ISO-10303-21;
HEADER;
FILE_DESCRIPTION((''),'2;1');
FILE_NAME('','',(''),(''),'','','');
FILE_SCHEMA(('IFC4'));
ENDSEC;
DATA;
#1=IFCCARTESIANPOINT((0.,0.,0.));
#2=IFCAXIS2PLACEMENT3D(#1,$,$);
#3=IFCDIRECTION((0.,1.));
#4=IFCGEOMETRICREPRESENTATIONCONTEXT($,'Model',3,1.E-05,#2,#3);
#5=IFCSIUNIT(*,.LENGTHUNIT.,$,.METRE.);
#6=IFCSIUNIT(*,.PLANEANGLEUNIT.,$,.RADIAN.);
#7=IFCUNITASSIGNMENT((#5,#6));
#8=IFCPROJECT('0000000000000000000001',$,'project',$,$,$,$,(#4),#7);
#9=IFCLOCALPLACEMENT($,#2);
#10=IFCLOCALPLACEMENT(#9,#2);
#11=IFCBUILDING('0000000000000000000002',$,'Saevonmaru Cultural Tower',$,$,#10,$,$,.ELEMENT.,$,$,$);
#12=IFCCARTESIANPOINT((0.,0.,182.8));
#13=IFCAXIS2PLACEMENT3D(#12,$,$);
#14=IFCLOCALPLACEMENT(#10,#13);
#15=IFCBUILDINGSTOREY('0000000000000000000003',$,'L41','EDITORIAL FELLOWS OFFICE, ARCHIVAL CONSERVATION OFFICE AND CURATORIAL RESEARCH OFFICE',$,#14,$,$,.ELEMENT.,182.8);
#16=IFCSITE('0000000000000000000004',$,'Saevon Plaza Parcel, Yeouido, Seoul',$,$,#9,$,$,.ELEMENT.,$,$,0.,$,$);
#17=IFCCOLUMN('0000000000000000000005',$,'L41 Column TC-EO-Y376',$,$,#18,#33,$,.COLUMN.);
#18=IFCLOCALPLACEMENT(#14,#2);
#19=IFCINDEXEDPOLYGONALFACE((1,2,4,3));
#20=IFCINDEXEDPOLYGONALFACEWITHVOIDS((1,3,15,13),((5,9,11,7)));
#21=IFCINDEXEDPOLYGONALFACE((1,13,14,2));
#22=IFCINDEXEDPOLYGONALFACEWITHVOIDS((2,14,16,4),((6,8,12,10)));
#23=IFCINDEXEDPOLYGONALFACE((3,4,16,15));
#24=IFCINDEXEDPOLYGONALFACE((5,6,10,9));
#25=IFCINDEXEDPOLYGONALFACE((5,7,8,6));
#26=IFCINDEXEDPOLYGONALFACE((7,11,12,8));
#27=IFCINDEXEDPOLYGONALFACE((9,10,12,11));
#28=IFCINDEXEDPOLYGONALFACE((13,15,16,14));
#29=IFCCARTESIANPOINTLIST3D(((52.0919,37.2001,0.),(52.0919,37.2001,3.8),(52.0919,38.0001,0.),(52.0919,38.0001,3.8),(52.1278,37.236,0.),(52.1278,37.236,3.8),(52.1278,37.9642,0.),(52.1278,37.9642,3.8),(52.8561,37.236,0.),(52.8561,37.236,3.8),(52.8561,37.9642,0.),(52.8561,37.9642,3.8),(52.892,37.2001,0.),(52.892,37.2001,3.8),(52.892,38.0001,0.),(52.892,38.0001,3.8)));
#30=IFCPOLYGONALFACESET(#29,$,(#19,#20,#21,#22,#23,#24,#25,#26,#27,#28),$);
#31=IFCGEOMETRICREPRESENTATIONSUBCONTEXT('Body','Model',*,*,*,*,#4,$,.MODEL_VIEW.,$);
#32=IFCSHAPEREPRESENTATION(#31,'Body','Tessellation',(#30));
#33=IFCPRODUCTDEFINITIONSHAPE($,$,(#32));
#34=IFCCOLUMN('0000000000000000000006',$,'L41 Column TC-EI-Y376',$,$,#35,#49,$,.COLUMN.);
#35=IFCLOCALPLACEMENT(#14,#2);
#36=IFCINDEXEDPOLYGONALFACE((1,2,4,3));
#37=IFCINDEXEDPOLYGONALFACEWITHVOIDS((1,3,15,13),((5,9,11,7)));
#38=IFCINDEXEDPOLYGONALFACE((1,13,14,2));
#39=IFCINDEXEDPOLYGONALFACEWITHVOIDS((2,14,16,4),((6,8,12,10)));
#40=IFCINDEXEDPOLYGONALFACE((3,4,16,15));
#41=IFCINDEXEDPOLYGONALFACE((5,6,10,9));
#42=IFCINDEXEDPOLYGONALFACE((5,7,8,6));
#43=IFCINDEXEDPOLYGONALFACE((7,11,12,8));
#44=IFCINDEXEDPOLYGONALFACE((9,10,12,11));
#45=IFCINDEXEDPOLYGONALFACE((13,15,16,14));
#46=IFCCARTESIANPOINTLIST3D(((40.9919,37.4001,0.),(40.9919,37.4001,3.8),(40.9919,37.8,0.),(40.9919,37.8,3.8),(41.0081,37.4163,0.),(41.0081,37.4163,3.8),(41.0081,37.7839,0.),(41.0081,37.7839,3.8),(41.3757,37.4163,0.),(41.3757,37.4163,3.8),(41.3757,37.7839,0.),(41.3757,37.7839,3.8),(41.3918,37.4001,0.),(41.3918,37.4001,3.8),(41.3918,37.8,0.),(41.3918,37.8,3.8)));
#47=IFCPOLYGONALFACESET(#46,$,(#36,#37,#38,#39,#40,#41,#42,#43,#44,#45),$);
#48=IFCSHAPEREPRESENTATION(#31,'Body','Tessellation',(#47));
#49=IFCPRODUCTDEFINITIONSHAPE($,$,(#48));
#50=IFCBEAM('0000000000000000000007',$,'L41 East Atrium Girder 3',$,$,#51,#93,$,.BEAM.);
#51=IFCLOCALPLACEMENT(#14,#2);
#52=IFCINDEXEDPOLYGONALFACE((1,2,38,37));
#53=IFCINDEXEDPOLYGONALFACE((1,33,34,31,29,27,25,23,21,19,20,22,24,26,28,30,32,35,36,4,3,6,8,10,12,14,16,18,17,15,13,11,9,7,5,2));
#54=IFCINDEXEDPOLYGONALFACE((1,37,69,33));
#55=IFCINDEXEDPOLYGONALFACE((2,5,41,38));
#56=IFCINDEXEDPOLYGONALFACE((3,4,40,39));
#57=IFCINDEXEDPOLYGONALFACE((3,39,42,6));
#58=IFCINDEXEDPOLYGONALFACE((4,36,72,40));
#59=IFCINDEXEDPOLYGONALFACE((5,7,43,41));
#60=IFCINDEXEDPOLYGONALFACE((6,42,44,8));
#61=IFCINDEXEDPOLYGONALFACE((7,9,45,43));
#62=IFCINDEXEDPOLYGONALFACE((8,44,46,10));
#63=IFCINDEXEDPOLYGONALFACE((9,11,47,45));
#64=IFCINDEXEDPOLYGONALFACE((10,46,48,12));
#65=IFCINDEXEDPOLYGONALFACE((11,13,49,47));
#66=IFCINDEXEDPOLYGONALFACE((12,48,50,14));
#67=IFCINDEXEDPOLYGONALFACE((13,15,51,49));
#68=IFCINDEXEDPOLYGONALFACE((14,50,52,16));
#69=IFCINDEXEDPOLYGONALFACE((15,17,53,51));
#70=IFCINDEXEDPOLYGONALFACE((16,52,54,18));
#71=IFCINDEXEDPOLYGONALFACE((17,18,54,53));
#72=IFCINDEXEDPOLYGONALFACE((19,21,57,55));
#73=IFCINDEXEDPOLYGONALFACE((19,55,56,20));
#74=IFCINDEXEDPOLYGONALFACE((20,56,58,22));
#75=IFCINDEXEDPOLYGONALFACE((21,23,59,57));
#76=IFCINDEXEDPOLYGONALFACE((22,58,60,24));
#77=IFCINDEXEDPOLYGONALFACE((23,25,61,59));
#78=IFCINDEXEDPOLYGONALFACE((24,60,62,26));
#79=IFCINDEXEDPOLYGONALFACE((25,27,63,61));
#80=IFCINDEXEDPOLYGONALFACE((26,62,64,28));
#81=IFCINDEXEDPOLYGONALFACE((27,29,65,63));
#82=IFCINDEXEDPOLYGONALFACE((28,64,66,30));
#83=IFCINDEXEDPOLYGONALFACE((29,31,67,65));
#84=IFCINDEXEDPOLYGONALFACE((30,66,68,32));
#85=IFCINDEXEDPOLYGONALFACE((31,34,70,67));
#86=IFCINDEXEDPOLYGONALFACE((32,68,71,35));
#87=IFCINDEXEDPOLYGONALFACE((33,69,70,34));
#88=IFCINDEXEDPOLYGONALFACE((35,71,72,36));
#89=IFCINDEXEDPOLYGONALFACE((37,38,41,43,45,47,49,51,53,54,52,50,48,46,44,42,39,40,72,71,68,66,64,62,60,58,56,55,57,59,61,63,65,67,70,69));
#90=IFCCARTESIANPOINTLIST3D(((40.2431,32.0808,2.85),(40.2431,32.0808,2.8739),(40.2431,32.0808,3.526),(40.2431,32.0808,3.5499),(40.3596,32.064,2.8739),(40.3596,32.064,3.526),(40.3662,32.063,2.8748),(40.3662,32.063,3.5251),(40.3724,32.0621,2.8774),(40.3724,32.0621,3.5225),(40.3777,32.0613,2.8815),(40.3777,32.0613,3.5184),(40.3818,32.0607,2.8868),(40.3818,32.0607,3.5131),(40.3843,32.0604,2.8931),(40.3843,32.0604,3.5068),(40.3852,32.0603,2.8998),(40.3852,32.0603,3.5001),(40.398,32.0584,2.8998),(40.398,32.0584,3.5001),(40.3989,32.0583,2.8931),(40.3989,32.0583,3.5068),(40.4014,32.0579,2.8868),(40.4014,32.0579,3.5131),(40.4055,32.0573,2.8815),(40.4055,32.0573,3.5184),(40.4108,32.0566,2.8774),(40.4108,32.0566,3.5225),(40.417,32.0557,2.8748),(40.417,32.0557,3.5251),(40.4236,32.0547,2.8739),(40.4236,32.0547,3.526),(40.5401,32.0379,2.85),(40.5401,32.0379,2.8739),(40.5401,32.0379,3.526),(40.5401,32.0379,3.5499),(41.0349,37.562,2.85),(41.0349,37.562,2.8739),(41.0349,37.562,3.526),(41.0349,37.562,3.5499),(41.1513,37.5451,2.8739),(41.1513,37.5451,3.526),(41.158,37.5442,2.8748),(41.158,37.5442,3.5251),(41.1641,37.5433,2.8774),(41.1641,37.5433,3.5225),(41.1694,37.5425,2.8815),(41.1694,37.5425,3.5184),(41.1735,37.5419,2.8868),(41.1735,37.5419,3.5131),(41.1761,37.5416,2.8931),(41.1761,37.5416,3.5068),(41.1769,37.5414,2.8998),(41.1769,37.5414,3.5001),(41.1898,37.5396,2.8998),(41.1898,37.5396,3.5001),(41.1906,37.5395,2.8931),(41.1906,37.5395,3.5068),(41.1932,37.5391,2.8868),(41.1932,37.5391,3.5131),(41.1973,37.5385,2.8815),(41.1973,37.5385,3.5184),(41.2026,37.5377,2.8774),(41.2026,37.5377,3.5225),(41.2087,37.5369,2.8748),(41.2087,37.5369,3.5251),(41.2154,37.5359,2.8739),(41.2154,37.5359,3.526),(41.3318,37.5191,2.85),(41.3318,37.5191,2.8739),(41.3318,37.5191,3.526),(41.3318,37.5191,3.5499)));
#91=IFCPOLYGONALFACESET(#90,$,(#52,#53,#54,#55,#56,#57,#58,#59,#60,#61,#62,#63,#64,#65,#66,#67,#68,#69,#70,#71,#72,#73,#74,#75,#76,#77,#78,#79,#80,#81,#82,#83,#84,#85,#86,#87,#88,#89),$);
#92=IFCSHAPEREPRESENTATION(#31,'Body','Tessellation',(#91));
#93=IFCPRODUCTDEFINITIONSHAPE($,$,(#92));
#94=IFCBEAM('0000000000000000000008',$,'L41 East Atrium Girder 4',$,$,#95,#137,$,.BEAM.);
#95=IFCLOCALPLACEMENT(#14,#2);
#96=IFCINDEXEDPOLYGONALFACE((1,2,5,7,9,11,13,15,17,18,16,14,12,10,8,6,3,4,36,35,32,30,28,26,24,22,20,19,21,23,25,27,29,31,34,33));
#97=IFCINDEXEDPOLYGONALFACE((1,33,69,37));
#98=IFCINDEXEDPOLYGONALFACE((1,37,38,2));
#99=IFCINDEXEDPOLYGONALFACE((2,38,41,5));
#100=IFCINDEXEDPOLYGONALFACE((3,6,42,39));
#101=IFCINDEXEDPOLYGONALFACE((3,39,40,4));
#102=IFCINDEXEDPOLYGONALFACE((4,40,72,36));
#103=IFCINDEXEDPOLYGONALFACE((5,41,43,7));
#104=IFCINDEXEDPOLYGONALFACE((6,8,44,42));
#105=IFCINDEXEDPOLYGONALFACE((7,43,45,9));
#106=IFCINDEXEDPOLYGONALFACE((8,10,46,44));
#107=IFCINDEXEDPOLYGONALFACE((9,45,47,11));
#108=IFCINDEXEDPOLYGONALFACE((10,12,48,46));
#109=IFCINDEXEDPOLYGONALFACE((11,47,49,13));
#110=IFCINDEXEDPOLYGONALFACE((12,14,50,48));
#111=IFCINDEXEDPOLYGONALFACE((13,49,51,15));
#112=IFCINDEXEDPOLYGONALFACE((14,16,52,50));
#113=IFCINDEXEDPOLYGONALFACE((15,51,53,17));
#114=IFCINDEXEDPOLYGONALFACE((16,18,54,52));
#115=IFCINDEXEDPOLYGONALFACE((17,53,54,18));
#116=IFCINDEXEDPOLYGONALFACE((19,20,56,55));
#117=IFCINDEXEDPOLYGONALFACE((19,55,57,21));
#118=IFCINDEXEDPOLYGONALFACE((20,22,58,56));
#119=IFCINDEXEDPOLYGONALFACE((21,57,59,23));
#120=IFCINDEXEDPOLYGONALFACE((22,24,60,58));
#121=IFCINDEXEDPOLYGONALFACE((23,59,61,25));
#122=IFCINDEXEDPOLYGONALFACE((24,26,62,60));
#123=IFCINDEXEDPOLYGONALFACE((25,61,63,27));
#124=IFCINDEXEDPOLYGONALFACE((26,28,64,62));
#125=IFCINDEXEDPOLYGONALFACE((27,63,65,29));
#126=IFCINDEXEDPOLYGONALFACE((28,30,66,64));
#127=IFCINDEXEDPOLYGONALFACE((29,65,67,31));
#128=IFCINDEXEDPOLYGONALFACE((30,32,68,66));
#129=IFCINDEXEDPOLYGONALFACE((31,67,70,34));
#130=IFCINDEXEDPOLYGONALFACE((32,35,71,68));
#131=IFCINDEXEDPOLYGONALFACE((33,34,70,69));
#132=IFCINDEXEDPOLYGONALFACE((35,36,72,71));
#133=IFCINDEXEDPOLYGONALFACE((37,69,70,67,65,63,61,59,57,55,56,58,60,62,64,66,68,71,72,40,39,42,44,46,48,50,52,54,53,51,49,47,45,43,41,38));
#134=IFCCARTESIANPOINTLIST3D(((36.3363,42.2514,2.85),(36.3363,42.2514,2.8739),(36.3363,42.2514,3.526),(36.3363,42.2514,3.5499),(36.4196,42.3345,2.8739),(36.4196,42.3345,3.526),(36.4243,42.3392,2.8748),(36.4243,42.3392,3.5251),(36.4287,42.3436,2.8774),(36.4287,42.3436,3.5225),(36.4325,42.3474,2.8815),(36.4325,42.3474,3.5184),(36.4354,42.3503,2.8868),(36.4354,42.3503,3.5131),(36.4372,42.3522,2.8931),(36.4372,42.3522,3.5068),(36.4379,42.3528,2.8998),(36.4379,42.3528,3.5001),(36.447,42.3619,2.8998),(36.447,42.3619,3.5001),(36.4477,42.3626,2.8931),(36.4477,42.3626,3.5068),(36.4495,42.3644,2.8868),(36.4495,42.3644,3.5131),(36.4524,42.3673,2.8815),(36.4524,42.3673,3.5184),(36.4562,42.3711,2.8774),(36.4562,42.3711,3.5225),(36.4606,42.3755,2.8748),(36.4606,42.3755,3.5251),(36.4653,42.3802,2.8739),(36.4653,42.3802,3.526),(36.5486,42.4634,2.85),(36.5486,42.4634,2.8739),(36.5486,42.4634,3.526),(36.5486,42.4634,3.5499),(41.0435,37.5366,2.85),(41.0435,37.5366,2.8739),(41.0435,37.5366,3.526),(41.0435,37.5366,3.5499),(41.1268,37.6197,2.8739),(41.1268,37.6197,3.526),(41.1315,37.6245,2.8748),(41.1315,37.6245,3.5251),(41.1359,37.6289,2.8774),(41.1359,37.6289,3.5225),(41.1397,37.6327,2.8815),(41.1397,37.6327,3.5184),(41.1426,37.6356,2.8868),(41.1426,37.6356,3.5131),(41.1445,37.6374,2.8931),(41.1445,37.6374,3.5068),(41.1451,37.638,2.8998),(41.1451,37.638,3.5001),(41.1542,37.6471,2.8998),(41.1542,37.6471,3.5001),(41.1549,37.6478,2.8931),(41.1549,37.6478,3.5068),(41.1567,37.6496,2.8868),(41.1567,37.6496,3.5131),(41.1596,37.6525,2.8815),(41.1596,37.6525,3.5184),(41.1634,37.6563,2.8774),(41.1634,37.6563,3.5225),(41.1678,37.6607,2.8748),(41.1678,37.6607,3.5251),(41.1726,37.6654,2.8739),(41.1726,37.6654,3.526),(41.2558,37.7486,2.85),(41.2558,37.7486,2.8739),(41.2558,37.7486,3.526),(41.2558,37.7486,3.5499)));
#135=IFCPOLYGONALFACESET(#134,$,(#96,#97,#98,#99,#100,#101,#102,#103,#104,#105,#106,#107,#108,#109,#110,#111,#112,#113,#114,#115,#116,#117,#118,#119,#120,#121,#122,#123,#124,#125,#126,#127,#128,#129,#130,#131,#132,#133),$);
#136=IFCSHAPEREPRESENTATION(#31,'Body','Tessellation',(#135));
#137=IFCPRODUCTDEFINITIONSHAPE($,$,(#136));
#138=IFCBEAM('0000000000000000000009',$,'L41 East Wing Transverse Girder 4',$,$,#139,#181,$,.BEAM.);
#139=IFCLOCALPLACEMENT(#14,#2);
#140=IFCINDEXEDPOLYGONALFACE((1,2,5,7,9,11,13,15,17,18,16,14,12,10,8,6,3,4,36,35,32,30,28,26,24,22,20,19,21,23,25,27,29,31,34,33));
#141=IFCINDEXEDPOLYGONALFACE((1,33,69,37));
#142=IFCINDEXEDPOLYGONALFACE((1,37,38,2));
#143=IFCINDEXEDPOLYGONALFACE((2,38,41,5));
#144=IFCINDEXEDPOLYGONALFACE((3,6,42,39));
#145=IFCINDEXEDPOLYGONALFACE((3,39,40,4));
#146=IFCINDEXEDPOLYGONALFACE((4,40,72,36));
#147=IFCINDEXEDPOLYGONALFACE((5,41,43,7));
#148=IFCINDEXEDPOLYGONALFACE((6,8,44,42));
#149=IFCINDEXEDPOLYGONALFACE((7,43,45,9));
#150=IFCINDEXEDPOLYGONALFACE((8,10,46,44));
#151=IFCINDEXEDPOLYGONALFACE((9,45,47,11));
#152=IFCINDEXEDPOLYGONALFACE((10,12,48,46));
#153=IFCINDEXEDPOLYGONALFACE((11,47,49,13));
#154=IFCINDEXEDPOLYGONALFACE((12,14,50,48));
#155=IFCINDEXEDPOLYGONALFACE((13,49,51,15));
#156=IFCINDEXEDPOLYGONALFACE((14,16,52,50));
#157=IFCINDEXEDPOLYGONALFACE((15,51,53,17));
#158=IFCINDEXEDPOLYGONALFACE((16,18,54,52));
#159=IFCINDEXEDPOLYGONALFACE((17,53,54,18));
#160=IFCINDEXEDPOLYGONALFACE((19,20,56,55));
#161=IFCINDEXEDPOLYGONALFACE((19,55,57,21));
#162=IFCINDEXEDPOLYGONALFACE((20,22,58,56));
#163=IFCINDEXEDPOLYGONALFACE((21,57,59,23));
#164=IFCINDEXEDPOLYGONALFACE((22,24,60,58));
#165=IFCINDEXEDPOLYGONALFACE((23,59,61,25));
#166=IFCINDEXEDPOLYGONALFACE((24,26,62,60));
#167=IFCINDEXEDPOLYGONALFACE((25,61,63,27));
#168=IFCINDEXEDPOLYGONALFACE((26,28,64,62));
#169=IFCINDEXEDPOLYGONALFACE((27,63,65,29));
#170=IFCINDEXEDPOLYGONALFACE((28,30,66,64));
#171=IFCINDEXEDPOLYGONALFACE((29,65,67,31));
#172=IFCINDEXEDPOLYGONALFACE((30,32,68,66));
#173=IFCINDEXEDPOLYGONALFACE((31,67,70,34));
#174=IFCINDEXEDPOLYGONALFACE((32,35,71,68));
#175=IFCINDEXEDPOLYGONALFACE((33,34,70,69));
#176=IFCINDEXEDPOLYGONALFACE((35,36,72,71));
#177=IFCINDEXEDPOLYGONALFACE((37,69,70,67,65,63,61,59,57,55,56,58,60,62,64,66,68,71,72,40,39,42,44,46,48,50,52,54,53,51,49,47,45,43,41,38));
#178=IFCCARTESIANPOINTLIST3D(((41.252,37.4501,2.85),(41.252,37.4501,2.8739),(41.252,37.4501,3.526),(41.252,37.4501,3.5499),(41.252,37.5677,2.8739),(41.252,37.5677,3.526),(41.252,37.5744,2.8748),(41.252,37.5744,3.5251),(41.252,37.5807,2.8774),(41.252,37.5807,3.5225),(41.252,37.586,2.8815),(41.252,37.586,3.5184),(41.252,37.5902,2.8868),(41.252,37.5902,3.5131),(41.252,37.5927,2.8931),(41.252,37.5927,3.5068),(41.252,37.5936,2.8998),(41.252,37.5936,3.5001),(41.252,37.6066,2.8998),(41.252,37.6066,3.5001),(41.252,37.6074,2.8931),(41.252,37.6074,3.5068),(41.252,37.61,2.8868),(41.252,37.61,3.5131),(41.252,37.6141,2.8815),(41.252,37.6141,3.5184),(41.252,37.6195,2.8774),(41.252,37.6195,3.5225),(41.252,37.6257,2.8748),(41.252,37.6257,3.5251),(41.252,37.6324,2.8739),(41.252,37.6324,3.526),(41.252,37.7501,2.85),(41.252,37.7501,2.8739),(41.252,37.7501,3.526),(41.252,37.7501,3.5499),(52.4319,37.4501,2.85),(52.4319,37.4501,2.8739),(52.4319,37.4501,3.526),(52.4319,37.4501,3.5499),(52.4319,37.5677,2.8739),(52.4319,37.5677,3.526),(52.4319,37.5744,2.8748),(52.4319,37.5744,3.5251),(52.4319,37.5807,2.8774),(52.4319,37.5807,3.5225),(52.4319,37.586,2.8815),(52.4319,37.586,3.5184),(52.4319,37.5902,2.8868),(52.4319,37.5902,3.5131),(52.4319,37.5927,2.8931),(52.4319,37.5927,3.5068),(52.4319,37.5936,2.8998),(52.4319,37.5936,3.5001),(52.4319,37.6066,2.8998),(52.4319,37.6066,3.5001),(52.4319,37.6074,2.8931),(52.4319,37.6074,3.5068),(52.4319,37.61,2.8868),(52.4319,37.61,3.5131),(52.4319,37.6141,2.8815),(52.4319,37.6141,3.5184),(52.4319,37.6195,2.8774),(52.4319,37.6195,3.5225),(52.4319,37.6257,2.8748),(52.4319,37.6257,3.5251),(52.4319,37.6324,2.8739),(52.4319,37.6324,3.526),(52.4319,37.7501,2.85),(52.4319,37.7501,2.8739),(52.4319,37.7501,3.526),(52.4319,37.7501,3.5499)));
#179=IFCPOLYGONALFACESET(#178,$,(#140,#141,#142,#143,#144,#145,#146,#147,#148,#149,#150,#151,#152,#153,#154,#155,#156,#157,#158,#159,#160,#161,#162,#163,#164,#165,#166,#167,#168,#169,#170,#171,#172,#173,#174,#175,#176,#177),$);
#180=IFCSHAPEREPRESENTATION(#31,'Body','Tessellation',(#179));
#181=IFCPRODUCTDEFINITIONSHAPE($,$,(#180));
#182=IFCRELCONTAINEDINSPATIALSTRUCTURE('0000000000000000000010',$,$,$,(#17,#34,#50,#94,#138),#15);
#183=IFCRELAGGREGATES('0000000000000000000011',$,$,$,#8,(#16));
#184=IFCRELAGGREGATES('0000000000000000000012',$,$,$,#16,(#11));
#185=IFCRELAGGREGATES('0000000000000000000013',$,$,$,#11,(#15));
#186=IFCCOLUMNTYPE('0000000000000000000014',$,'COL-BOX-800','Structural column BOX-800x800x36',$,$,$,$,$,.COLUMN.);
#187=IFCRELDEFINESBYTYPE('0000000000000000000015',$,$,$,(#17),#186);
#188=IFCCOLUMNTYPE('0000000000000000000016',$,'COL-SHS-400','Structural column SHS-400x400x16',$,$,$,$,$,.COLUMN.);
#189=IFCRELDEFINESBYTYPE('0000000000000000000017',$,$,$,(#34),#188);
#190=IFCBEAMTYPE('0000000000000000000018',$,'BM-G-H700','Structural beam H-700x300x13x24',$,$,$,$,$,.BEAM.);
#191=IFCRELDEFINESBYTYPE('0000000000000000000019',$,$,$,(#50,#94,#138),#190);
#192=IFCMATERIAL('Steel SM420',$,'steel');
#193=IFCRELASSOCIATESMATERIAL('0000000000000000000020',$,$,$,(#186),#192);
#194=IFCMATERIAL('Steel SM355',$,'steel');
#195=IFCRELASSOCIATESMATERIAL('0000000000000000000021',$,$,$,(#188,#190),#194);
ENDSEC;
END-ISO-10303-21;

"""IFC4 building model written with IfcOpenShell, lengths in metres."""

from ifc_helpers import new_model, si_unit, direction, frame, origin, origin_2d, place, context, subcontext, project, spatial, hollow_rectangle, i_section, extrude, material, material_profile, profile_set, type_object, element, save


model = new_model("IFC4")

# Units and contexts
model_context = context("Model", 3, precision=1e-05, world=origin(), true_north=direction((0.0, 1.0)))
body_context = subcontext(model_context, "Body", "Model", "MODEL_VIEW")
ifc_project = project(units=[si_unit("LENGTHUNIT", "METRE"), si_unit("PLANEANGLEUNIT", "RADIAN")], contexts=[model_context])

# Site, building, storey
site_placement = place(None, origin())
site = spatial("IfcSite", under=ifc_project, at=site_placement, Name="Saevon Plaza Parcel, Yeouido, Seoul", CompositionType="ELEMENT", RefElevation=0.0)
building_placement = place(site_placement, origin())
building = spatial("IfcBuilding", under=site, at=building_placement, Name="Saevonmaru Cultural Tower", CompositionType="ELEMENT")
storey_placement = place(building_placement, frame((0.0, 0.0, 182.8)))
storey = spatial("IfcBuildingStorey", under=building, at=storey_placement, Name="L41", Description="EDITORIAL FELLOWS OFFICE, ARCHIVAL CONSERVATION OFFICE AND CURATORIAL RESEARCH OFFICE", CompositionType="ELEMENT", Elevation=182.8)

# Columns
ifc_material_1 = material(Name="Steel SM420", Category="steel")
ifc_material_profile_1 = material_profile(ifc_material_1, hollow_rectangle(XDim=0.8, YDim=0.8, WallThickness=0.0359, at=origin_2d()), Name="BOX-800x800x36")
ifc_profile_set_1 = profile_set([ifc_material_profile_1], Name="Steel SM420")
column_type_1 = type_object("IfcColumnType", Name="COL-BOX-800", Description="Structural column BOX-800x800x36", PredefinedType="COLUMN", material=ifc_profile_set_1)
column_1_placement = place(storey_placement, frame((52.4919, 37.6001, 0.0), z_axis=(0.0, 0.0, 1.0), x_axis=(1.0, 0.0, 0.0)))
element("IfcColumn", 1, at=column_1_placement, inside=storey, type_object=column_type_1, Name="L41 Column TC-EO-Y376", PredefinedType="COLUMN", context=body_context, shape_type="SweptSolid", body=[
    extrude(hollow_rectangle(XDim=0.8, YDim=0.8, WallThickness=0.0359, at=origin_2d()), origin(), (0.0, 0.0, 1.0), 3.8),
])
ifc_material_2 = material(Name="Steel SM355", Category="steel")
ifc_material_profile_2 = material_profile(ifc_material_2, hollow_rectangle(XDim=0.3999, YDim=0.3999, WallThickness=0.0161, at=origin_2d()), Name="SHS-400x400x16")
ifc_profile_set_2 = profile_set([ifc_material_profile_2], Name="Steel SM355")
column_type_2 = type_object("IfcColumnType", Name="COL-SHS-400", Description="Structural column SHS-400x400x16", PredefinedType="COLUMN", material=ifc_profile_set_2)
column_2_placement = place(storey_placement, frame((41.1919, 37.6001, 0.0), z_axis=(0.0, 0.0, 1.0), x_axis=(1.0, 0.0, 0.0)))
element("IfcColumn", 2, at=column_2_placement, inside=storey, type_object=column_type_2, Name="L41 Column TC-EI-Y376", PredefinedType="COLUMN", context=body_context, shape_type="SweptSolid", body=[
    extrude(hollow_rectangle(XDim=0.3999, YDim=0.3999, WallThickness=0.0161, at=origin_2d()), origin(), (0.0, 0.0, 1.0), 3.8),
])

# Beams
ifc_material_profile_3 = material_profile(ifc_material_2, i_section(OverallWidth=0.3, OverallDepth=0.7, WebThickness=0.0129, FlangeThickness=0.0239, FilletRadius=0.0259, at=origin_2d()), Name="H-700x300x13x24")
ifc_profile_set_3 = profile_set([ifc_material_profile_3], Name="Steel SM355")
beam_type_1 = type_object("IfcBeamType", Name="BM-G-H700", Description="Structural beam H-700x300x13x24", PredefinedType="BEAM", material=ifc_profile_set_3)
beam_1_placement = place(storey_placement, frame((40.3916, 32.0593, 3.2), z_axis=(0.142964, 0.989728, 0.0), x_axis=(-0.989728, 0.142964, 0.0)))
element("IfcBeam", 3, at=beam_1_placement, inside=storey, type_object=beam_type_1, Name="L41 East Atrium Girder 3", PredefinedType="BEAM", context=body_context, shape_type="SweptSolid", body=[
    extrude(i_section(OverallWidth=0.3, OverallDepth=0.7, WebThickness=0.0129, FlangeThickness=0.0239, FilletRadius=0.0259, at=origin_2d()), origin(), (0.0, 0.0, 1.0), 5.5381),
])
beam_2_placement = place(storey_placement, frame((41.1497, 37.6426, 3.2), z_axis=(-0.706539, 0.707675, 0.0), x_axis=(-0.707675, -0.706539, 0.0)))
element("IfcBeam", 4, at=beam_2_placement, inside=storey, type_object=beam_type_1, Name="L41 East Atrium Girder 4", PredefinedType="BEAM", context=body_context, shape_type="SweptSolid", body=[
    extrude(i_section(OverallWidth=0.3, OverallDepth=0.7, WebThickness=0.0129, FlangeThickness=0.0239, FilletRadius=0.0259, at=origin_2d()), origin(), (0.0, 0.0, 1.0), 6.6624),
])
beam_3_placement = place(storey_placement, frame((41.252, 37.6001, 3.2), z_axis=(1.0, 0.0, 0.0), x_axis=(0.0, 1.0, 0.0)))
element("IfcBeam", 5, at=beam_3_placement, inside=storey, type_object=beam_type_1, Name="L41 East Wing Transverse Girder 4", PredefinedType="BEAM", context=body_context, shape_type="SweptSolid", body=[
    extrude(i_section(OverallWidth=0.3, OverallDepth=0.7, WebThickness=0.0129, FlangeThickness=0.0239, FilletRadius=0.0259, at=origin_2d()), origin(), (0.0, 0.0, 1.0), 11.1799),
])

save(model, "model.ifc")
